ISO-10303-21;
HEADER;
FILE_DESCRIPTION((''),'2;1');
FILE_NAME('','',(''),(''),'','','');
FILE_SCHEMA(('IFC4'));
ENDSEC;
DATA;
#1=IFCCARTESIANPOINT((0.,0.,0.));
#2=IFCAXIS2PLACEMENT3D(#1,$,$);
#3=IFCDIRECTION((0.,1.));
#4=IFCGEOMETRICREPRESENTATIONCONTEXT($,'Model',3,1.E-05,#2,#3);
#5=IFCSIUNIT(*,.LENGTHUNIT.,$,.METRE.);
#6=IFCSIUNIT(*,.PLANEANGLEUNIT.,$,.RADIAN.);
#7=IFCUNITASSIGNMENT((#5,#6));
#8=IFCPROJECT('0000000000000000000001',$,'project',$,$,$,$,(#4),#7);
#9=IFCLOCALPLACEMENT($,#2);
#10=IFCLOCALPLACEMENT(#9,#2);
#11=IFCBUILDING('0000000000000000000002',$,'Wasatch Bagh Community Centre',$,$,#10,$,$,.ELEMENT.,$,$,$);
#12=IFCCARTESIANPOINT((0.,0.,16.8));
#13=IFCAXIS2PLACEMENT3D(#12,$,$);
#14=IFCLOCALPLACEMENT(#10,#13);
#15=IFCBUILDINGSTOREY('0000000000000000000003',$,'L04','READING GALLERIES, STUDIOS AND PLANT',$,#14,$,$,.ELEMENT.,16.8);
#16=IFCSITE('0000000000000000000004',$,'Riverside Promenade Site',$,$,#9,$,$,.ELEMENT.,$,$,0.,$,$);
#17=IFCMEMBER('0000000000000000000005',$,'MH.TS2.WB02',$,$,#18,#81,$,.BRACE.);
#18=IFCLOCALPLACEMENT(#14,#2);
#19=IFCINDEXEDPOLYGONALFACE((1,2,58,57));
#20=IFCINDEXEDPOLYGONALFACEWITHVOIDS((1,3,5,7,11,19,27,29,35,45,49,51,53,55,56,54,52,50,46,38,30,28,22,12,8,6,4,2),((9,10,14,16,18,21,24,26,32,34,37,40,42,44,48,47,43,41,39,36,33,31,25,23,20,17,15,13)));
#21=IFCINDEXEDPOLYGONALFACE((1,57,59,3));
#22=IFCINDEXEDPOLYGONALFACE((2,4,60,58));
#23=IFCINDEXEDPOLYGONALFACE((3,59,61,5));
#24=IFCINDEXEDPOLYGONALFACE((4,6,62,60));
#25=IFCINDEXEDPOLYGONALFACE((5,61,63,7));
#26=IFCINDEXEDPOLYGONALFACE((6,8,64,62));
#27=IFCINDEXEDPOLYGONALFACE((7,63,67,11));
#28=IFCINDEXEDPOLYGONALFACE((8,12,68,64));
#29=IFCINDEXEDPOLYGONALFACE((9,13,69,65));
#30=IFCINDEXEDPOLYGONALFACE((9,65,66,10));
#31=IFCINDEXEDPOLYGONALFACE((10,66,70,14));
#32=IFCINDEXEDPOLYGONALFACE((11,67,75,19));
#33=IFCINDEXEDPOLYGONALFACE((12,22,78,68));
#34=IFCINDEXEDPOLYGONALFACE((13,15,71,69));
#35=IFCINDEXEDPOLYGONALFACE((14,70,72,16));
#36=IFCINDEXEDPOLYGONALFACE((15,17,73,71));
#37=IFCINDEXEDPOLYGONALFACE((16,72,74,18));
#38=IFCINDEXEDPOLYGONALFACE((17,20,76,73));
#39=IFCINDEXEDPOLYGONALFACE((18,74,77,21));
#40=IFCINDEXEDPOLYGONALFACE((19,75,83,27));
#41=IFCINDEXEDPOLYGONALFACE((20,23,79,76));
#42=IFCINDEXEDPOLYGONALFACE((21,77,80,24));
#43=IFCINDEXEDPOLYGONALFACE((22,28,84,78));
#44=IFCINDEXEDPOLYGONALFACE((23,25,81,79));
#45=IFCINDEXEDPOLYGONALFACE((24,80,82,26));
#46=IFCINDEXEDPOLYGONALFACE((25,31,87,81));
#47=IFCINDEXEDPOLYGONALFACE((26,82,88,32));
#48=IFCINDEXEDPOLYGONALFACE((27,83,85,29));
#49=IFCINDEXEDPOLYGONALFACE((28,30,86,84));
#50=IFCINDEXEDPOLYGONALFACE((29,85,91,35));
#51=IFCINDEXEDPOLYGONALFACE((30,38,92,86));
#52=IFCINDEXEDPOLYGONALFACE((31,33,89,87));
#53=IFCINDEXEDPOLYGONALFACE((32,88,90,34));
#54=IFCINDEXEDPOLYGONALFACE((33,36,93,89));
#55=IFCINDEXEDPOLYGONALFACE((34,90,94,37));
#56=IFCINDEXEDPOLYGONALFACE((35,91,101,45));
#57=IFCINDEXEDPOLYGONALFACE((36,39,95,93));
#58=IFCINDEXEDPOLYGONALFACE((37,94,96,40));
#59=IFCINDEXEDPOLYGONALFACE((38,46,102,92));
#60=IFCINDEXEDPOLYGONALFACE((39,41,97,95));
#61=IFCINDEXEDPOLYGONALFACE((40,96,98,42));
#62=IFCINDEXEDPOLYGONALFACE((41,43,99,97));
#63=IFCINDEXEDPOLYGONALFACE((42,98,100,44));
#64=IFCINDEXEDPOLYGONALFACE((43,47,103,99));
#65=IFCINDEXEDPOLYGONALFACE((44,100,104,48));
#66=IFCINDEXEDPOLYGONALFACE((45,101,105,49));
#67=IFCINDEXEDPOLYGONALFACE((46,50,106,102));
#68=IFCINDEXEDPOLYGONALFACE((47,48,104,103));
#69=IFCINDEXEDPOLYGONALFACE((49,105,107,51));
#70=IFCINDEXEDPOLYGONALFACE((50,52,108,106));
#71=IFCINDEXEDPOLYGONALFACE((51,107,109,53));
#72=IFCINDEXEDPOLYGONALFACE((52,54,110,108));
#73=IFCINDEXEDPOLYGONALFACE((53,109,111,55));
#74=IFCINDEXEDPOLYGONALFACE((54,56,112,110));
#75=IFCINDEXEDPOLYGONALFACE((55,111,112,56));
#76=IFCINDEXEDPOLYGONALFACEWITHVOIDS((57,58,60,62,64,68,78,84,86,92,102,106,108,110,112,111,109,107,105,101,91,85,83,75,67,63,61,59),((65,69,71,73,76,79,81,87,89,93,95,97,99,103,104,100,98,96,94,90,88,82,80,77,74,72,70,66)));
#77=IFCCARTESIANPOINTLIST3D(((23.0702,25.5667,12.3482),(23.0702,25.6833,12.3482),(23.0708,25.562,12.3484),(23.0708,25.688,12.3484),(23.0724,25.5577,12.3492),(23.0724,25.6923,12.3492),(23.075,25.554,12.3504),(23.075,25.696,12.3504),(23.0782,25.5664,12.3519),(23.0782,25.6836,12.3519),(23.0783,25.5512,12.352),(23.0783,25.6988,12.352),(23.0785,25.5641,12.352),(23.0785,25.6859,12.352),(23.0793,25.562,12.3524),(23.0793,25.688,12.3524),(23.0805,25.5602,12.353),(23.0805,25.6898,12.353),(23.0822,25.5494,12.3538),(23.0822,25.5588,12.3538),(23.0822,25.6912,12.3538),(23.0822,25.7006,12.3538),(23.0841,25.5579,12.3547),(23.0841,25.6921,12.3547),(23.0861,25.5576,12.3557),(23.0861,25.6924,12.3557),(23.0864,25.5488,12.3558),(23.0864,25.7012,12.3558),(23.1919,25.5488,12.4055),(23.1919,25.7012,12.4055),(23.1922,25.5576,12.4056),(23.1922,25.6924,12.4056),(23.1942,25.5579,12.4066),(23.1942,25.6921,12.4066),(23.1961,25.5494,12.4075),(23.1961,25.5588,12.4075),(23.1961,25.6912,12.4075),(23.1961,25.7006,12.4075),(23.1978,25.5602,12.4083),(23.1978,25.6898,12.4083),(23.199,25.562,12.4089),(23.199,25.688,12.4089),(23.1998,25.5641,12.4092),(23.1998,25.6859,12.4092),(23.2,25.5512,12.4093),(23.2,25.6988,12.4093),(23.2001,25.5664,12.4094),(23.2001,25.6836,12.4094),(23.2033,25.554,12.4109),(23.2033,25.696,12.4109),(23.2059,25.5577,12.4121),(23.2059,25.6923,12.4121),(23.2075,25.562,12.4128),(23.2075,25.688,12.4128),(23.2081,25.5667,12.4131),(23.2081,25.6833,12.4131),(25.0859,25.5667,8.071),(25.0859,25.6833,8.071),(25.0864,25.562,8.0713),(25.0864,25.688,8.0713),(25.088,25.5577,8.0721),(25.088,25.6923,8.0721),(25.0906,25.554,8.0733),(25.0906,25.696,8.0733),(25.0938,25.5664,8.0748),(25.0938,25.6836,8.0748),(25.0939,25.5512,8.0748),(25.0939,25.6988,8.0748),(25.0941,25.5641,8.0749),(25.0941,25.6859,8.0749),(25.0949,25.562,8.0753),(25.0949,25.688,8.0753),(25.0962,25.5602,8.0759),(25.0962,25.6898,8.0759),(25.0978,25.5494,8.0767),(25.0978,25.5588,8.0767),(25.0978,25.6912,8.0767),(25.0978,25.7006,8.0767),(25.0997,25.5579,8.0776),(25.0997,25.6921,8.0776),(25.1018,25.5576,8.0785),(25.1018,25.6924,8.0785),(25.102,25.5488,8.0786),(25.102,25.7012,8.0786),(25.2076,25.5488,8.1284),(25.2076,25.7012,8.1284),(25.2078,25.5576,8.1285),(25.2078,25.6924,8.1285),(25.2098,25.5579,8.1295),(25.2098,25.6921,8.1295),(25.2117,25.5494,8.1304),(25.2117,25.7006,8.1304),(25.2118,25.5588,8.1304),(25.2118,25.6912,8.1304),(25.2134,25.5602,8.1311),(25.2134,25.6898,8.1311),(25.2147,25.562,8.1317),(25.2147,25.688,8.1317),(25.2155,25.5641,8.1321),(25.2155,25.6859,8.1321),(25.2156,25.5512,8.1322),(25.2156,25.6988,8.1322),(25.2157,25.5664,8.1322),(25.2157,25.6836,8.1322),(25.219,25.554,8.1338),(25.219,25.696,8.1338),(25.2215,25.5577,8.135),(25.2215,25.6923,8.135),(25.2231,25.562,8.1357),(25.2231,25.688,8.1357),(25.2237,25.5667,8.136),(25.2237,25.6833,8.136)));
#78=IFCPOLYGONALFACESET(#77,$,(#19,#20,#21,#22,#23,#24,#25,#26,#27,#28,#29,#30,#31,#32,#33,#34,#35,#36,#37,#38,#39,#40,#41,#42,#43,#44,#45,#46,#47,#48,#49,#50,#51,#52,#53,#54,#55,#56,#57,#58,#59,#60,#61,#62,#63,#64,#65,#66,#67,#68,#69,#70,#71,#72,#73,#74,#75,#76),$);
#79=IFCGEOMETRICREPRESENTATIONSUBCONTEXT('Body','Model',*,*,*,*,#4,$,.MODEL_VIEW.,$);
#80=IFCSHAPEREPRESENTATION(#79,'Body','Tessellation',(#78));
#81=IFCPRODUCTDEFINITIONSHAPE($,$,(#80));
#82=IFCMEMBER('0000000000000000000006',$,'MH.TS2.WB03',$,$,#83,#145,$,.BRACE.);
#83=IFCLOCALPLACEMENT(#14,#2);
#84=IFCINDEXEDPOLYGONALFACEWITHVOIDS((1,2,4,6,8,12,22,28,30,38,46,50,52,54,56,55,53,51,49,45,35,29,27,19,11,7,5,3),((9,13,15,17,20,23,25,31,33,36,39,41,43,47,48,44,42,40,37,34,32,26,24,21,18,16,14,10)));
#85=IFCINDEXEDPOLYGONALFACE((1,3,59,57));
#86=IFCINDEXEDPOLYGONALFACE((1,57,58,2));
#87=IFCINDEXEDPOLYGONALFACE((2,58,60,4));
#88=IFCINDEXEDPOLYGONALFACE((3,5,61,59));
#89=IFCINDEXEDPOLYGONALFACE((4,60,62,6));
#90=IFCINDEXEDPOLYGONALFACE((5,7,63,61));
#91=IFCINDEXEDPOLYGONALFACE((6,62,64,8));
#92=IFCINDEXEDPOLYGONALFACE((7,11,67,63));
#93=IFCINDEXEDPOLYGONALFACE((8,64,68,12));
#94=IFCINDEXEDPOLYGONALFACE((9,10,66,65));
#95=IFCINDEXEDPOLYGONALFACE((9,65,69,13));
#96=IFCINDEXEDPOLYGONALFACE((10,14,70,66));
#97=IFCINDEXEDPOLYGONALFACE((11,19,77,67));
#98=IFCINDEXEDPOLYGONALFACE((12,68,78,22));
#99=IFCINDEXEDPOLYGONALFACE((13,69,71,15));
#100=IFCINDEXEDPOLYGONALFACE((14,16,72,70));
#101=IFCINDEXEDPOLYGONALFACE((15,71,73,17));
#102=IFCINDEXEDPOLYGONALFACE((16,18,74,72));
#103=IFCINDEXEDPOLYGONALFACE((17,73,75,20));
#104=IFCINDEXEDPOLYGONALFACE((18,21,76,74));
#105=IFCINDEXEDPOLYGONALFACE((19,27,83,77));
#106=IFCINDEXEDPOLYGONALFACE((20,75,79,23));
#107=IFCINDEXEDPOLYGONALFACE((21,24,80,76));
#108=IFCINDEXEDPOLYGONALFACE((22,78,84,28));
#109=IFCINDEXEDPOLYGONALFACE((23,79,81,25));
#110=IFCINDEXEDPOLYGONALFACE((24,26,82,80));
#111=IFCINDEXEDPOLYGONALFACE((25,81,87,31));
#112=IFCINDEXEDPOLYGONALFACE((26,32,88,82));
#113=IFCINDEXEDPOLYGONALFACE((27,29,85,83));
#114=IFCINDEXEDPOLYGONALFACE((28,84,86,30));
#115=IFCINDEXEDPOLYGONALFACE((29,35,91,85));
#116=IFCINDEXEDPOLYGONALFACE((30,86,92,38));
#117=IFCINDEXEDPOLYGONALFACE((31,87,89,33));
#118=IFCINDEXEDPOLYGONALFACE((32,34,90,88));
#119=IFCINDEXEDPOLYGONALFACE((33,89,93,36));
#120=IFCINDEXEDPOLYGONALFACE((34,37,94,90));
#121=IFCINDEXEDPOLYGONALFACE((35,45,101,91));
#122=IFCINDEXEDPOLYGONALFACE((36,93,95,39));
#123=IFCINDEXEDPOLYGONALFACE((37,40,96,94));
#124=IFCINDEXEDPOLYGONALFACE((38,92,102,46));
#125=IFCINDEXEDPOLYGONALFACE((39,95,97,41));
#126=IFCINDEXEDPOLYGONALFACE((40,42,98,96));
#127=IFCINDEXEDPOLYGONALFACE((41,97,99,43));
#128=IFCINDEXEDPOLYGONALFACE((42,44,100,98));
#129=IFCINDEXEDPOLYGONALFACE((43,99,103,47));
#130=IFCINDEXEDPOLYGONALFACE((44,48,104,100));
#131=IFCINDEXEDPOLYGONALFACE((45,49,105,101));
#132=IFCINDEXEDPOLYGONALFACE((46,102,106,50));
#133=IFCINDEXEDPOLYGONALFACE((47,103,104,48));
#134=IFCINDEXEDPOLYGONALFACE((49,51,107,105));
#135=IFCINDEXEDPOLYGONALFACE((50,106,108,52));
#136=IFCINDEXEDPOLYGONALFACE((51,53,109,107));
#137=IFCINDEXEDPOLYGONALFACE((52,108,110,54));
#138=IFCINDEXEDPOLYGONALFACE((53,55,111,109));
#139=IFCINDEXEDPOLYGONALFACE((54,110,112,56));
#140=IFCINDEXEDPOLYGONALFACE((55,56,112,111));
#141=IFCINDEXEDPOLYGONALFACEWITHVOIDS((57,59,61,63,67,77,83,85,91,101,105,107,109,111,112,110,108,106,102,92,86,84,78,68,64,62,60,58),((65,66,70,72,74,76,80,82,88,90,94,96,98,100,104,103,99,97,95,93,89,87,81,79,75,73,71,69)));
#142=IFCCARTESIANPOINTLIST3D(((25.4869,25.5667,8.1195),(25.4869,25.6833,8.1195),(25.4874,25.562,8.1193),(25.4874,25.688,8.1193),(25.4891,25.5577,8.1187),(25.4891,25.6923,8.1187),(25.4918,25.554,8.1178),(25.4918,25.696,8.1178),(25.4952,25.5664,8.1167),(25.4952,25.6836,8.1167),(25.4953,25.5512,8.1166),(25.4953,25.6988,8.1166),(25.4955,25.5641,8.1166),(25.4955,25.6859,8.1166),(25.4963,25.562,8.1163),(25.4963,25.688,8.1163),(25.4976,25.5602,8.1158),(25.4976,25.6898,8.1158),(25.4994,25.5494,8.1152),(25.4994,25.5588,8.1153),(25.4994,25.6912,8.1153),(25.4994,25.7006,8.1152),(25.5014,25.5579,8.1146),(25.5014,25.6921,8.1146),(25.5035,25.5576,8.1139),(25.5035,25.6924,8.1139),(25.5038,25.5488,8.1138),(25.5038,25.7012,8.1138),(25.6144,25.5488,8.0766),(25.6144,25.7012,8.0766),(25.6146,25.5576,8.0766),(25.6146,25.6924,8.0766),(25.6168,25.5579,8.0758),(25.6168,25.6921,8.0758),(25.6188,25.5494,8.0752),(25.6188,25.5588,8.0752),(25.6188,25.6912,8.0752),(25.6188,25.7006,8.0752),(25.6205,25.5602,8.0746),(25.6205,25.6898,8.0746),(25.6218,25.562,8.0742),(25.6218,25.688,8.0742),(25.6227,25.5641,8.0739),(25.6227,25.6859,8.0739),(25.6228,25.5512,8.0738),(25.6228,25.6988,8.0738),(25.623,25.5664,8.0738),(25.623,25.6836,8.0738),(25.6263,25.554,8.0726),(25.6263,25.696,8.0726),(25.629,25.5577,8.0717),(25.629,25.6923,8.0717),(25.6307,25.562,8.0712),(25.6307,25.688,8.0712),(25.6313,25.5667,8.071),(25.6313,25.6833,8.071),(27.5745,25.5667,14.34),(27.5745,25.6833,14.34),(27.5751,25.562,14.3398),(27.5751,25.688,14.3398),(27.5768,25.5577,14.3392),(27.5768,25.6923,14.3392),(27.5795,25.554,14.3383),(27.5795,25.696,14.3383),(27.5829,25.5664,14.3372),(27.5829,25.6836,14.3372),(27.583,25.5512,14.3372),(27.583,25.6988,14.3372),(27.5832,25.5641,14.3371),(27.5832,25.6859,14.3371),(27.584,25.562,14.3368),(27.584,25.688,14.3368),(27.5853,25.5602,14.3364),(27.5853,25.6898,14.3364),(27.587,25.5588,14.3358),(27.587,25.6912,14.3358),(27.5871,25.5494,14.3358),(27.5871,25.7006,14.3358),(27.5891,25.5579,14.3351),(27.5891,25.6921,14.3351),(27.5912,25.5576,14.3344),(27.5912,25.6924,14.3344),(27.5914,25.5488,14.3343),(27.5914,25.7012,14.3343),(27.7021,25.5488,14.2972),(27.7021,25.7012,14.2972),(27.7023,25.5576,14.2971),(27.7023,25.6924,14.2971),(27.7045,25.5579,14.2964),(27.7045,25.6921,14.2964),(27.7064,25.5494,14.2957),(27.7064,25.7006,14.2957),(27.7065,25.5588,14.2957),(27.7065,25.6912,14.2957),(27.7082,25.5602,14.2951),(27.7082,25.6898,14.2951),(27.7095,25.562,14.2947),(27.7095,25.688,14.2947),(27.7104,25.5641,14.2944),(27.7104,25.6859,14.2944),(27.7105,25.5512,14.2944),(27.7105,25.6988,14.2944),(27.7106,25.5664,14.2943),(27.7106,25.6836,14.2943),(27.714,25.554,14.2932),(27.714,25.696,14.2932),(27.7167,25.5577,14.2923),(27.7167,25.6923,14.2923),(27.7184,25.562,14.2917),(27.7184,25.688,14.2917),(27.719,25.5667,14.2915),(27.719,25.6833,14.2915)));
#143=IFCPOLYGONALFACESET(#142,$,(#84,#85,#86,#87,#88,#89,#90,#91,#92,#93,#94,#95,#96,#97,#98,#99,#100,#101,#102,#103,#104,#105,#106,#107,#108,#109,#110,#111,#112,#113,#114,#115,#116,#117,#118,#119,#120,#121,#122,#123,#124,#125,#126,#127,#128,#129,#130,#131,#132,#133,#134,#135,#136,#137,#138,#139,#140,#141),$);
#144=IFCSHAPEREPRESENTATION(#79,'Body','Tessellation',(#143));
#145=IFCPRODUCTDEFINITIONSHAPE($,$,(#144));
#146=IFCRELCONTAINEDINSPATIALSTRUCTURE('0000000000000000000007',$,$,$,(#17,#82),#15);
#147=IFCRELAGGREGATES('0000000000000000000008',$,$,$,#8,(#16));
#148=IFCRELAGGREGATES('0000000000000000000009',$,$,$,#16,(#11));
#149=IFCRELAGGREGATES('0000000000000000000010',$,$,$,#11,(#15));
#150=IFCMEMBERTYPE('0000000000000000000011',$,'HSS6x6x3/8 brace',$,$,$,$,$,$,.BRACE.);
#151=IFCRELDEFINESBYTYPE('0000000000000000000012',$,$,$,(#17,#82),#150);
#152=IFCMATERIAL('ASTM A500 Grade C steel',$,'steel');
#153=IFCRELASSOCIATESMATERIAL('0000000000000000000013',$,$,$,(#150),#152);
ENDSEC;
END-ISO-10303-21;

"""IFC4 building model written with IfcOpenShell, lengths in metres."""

from ifc_helpers import new_model, si_unit, direction, frame, origin, origin_2d, place, context, subcontext, project, spatial, hollow_rectangle, extrude, material, material_profile, profile_set, type_object, element, save


model = new_model("IFC4")

# Units and contexts
model_context = context("Model", 3, precision=1e-05, world=origin(), true_north=direction((0.0, 1.0)))
body_context = subcontext(model_context, "Body", "Model", "MODEL_VIEW")
ifc_project = project(units=[si_unit("LENGTHUNIT", "METRE"), si_unit("PLANEANGLEUNIT", "RADIAN")], contexts=[model_context])

# Site, building, storey
site_placement = place(None, origin())
site = spatial("IfcSite", under=ifc_project, at=site_placement, Name="Riverside Promenade Site", CompositionType="ELEMENT", RefElevation=0.0)
building_placement = place(site_placement, origin())
building = spatial("IfcBuilding", under=site, at=building_placement, Name="Wasatch Bagh Community Centre", CompositionType="ELEMENT")
storey_placement = place(building_placement, frame((0.0, 0.0, 16.8)))
storey = spatial("IfcBuildingStorey", under=building, at=storey_placement, Name="L04", Description="READING GALLERIES, STUDIOS AND PLANT", CompositionType="ELEMENT", Elevation=16.8)

# Members
ifc_material_1 = material(Name="ASTM A500 Grade C steel", Category="steel")
ifc_material_profile_1 = material_profile(ifc_material_1, hollow_rectangle(XDim=0.1523, YDim=0.1523, WallThickness=0.0088, InnerFilletRadius=0.0088, OuterFilletRadius=0.0178, at=origin_2d()), Name="HSS6x6x3/8")
ifc_profile_set_1 = profile_set([ifc_material_profile_1], Name="ASTM A500 Grade C steel")
member_type_1 = type_object("IfcMemberType", Name="HSS6x6x3/8 brace", PredefinedType="BRACE", material=ifc_profile_set_1)
member_1_placement = place(storey_placement, frame((25.1548, 25.625, 8.1035), z_axis=(-0.426294, 0.0, 0.904585), x_axis=(0.0, -1.0, 0.0)))
element("IfcMember", 1, at=member_1_placement, inside=storey, type_object=member_type_1, Name="MH.TS2.WB02", PredefinedType="BRACE", context=body_context, shape_type="SweptSolid", body=[
    extrude(hollow_rectangle(XDim=0.1523, YDim=0.1523, WallThickness=0.0088, InnerFilletRadius=0.0088, OuterFilletRadius=0.0178, at=origin_2d()), origin(), (0.0, 0.0, 1.0), 4.7283),
])
member_2_placement = place(storey_placement, frame((25.5591, 25.625, 8.0952), z_axis=(0.318169, 0.0, 0.948034), x_axis=(0.0, 1.0, 0.0)))
element("IfcMember", 2, at=member_2_placement, inside=storey, type_object=member_type_1, Name="MH.TS2.WB03", PredefinedType="BRACE", context=body_context, shape_type="SweptSolid", body=[
    extrude(hollow_rectangle(XDim=0.1523, YDim=0.1523, WallThickness=0.0088, InnerFilletRadius=0.0088, OuterFilletRadius=0.0178, at=origin_2d()), origin(), (0.0, 0.0, 1.0), 6.5615),
])

save(model, "model.ifc")
